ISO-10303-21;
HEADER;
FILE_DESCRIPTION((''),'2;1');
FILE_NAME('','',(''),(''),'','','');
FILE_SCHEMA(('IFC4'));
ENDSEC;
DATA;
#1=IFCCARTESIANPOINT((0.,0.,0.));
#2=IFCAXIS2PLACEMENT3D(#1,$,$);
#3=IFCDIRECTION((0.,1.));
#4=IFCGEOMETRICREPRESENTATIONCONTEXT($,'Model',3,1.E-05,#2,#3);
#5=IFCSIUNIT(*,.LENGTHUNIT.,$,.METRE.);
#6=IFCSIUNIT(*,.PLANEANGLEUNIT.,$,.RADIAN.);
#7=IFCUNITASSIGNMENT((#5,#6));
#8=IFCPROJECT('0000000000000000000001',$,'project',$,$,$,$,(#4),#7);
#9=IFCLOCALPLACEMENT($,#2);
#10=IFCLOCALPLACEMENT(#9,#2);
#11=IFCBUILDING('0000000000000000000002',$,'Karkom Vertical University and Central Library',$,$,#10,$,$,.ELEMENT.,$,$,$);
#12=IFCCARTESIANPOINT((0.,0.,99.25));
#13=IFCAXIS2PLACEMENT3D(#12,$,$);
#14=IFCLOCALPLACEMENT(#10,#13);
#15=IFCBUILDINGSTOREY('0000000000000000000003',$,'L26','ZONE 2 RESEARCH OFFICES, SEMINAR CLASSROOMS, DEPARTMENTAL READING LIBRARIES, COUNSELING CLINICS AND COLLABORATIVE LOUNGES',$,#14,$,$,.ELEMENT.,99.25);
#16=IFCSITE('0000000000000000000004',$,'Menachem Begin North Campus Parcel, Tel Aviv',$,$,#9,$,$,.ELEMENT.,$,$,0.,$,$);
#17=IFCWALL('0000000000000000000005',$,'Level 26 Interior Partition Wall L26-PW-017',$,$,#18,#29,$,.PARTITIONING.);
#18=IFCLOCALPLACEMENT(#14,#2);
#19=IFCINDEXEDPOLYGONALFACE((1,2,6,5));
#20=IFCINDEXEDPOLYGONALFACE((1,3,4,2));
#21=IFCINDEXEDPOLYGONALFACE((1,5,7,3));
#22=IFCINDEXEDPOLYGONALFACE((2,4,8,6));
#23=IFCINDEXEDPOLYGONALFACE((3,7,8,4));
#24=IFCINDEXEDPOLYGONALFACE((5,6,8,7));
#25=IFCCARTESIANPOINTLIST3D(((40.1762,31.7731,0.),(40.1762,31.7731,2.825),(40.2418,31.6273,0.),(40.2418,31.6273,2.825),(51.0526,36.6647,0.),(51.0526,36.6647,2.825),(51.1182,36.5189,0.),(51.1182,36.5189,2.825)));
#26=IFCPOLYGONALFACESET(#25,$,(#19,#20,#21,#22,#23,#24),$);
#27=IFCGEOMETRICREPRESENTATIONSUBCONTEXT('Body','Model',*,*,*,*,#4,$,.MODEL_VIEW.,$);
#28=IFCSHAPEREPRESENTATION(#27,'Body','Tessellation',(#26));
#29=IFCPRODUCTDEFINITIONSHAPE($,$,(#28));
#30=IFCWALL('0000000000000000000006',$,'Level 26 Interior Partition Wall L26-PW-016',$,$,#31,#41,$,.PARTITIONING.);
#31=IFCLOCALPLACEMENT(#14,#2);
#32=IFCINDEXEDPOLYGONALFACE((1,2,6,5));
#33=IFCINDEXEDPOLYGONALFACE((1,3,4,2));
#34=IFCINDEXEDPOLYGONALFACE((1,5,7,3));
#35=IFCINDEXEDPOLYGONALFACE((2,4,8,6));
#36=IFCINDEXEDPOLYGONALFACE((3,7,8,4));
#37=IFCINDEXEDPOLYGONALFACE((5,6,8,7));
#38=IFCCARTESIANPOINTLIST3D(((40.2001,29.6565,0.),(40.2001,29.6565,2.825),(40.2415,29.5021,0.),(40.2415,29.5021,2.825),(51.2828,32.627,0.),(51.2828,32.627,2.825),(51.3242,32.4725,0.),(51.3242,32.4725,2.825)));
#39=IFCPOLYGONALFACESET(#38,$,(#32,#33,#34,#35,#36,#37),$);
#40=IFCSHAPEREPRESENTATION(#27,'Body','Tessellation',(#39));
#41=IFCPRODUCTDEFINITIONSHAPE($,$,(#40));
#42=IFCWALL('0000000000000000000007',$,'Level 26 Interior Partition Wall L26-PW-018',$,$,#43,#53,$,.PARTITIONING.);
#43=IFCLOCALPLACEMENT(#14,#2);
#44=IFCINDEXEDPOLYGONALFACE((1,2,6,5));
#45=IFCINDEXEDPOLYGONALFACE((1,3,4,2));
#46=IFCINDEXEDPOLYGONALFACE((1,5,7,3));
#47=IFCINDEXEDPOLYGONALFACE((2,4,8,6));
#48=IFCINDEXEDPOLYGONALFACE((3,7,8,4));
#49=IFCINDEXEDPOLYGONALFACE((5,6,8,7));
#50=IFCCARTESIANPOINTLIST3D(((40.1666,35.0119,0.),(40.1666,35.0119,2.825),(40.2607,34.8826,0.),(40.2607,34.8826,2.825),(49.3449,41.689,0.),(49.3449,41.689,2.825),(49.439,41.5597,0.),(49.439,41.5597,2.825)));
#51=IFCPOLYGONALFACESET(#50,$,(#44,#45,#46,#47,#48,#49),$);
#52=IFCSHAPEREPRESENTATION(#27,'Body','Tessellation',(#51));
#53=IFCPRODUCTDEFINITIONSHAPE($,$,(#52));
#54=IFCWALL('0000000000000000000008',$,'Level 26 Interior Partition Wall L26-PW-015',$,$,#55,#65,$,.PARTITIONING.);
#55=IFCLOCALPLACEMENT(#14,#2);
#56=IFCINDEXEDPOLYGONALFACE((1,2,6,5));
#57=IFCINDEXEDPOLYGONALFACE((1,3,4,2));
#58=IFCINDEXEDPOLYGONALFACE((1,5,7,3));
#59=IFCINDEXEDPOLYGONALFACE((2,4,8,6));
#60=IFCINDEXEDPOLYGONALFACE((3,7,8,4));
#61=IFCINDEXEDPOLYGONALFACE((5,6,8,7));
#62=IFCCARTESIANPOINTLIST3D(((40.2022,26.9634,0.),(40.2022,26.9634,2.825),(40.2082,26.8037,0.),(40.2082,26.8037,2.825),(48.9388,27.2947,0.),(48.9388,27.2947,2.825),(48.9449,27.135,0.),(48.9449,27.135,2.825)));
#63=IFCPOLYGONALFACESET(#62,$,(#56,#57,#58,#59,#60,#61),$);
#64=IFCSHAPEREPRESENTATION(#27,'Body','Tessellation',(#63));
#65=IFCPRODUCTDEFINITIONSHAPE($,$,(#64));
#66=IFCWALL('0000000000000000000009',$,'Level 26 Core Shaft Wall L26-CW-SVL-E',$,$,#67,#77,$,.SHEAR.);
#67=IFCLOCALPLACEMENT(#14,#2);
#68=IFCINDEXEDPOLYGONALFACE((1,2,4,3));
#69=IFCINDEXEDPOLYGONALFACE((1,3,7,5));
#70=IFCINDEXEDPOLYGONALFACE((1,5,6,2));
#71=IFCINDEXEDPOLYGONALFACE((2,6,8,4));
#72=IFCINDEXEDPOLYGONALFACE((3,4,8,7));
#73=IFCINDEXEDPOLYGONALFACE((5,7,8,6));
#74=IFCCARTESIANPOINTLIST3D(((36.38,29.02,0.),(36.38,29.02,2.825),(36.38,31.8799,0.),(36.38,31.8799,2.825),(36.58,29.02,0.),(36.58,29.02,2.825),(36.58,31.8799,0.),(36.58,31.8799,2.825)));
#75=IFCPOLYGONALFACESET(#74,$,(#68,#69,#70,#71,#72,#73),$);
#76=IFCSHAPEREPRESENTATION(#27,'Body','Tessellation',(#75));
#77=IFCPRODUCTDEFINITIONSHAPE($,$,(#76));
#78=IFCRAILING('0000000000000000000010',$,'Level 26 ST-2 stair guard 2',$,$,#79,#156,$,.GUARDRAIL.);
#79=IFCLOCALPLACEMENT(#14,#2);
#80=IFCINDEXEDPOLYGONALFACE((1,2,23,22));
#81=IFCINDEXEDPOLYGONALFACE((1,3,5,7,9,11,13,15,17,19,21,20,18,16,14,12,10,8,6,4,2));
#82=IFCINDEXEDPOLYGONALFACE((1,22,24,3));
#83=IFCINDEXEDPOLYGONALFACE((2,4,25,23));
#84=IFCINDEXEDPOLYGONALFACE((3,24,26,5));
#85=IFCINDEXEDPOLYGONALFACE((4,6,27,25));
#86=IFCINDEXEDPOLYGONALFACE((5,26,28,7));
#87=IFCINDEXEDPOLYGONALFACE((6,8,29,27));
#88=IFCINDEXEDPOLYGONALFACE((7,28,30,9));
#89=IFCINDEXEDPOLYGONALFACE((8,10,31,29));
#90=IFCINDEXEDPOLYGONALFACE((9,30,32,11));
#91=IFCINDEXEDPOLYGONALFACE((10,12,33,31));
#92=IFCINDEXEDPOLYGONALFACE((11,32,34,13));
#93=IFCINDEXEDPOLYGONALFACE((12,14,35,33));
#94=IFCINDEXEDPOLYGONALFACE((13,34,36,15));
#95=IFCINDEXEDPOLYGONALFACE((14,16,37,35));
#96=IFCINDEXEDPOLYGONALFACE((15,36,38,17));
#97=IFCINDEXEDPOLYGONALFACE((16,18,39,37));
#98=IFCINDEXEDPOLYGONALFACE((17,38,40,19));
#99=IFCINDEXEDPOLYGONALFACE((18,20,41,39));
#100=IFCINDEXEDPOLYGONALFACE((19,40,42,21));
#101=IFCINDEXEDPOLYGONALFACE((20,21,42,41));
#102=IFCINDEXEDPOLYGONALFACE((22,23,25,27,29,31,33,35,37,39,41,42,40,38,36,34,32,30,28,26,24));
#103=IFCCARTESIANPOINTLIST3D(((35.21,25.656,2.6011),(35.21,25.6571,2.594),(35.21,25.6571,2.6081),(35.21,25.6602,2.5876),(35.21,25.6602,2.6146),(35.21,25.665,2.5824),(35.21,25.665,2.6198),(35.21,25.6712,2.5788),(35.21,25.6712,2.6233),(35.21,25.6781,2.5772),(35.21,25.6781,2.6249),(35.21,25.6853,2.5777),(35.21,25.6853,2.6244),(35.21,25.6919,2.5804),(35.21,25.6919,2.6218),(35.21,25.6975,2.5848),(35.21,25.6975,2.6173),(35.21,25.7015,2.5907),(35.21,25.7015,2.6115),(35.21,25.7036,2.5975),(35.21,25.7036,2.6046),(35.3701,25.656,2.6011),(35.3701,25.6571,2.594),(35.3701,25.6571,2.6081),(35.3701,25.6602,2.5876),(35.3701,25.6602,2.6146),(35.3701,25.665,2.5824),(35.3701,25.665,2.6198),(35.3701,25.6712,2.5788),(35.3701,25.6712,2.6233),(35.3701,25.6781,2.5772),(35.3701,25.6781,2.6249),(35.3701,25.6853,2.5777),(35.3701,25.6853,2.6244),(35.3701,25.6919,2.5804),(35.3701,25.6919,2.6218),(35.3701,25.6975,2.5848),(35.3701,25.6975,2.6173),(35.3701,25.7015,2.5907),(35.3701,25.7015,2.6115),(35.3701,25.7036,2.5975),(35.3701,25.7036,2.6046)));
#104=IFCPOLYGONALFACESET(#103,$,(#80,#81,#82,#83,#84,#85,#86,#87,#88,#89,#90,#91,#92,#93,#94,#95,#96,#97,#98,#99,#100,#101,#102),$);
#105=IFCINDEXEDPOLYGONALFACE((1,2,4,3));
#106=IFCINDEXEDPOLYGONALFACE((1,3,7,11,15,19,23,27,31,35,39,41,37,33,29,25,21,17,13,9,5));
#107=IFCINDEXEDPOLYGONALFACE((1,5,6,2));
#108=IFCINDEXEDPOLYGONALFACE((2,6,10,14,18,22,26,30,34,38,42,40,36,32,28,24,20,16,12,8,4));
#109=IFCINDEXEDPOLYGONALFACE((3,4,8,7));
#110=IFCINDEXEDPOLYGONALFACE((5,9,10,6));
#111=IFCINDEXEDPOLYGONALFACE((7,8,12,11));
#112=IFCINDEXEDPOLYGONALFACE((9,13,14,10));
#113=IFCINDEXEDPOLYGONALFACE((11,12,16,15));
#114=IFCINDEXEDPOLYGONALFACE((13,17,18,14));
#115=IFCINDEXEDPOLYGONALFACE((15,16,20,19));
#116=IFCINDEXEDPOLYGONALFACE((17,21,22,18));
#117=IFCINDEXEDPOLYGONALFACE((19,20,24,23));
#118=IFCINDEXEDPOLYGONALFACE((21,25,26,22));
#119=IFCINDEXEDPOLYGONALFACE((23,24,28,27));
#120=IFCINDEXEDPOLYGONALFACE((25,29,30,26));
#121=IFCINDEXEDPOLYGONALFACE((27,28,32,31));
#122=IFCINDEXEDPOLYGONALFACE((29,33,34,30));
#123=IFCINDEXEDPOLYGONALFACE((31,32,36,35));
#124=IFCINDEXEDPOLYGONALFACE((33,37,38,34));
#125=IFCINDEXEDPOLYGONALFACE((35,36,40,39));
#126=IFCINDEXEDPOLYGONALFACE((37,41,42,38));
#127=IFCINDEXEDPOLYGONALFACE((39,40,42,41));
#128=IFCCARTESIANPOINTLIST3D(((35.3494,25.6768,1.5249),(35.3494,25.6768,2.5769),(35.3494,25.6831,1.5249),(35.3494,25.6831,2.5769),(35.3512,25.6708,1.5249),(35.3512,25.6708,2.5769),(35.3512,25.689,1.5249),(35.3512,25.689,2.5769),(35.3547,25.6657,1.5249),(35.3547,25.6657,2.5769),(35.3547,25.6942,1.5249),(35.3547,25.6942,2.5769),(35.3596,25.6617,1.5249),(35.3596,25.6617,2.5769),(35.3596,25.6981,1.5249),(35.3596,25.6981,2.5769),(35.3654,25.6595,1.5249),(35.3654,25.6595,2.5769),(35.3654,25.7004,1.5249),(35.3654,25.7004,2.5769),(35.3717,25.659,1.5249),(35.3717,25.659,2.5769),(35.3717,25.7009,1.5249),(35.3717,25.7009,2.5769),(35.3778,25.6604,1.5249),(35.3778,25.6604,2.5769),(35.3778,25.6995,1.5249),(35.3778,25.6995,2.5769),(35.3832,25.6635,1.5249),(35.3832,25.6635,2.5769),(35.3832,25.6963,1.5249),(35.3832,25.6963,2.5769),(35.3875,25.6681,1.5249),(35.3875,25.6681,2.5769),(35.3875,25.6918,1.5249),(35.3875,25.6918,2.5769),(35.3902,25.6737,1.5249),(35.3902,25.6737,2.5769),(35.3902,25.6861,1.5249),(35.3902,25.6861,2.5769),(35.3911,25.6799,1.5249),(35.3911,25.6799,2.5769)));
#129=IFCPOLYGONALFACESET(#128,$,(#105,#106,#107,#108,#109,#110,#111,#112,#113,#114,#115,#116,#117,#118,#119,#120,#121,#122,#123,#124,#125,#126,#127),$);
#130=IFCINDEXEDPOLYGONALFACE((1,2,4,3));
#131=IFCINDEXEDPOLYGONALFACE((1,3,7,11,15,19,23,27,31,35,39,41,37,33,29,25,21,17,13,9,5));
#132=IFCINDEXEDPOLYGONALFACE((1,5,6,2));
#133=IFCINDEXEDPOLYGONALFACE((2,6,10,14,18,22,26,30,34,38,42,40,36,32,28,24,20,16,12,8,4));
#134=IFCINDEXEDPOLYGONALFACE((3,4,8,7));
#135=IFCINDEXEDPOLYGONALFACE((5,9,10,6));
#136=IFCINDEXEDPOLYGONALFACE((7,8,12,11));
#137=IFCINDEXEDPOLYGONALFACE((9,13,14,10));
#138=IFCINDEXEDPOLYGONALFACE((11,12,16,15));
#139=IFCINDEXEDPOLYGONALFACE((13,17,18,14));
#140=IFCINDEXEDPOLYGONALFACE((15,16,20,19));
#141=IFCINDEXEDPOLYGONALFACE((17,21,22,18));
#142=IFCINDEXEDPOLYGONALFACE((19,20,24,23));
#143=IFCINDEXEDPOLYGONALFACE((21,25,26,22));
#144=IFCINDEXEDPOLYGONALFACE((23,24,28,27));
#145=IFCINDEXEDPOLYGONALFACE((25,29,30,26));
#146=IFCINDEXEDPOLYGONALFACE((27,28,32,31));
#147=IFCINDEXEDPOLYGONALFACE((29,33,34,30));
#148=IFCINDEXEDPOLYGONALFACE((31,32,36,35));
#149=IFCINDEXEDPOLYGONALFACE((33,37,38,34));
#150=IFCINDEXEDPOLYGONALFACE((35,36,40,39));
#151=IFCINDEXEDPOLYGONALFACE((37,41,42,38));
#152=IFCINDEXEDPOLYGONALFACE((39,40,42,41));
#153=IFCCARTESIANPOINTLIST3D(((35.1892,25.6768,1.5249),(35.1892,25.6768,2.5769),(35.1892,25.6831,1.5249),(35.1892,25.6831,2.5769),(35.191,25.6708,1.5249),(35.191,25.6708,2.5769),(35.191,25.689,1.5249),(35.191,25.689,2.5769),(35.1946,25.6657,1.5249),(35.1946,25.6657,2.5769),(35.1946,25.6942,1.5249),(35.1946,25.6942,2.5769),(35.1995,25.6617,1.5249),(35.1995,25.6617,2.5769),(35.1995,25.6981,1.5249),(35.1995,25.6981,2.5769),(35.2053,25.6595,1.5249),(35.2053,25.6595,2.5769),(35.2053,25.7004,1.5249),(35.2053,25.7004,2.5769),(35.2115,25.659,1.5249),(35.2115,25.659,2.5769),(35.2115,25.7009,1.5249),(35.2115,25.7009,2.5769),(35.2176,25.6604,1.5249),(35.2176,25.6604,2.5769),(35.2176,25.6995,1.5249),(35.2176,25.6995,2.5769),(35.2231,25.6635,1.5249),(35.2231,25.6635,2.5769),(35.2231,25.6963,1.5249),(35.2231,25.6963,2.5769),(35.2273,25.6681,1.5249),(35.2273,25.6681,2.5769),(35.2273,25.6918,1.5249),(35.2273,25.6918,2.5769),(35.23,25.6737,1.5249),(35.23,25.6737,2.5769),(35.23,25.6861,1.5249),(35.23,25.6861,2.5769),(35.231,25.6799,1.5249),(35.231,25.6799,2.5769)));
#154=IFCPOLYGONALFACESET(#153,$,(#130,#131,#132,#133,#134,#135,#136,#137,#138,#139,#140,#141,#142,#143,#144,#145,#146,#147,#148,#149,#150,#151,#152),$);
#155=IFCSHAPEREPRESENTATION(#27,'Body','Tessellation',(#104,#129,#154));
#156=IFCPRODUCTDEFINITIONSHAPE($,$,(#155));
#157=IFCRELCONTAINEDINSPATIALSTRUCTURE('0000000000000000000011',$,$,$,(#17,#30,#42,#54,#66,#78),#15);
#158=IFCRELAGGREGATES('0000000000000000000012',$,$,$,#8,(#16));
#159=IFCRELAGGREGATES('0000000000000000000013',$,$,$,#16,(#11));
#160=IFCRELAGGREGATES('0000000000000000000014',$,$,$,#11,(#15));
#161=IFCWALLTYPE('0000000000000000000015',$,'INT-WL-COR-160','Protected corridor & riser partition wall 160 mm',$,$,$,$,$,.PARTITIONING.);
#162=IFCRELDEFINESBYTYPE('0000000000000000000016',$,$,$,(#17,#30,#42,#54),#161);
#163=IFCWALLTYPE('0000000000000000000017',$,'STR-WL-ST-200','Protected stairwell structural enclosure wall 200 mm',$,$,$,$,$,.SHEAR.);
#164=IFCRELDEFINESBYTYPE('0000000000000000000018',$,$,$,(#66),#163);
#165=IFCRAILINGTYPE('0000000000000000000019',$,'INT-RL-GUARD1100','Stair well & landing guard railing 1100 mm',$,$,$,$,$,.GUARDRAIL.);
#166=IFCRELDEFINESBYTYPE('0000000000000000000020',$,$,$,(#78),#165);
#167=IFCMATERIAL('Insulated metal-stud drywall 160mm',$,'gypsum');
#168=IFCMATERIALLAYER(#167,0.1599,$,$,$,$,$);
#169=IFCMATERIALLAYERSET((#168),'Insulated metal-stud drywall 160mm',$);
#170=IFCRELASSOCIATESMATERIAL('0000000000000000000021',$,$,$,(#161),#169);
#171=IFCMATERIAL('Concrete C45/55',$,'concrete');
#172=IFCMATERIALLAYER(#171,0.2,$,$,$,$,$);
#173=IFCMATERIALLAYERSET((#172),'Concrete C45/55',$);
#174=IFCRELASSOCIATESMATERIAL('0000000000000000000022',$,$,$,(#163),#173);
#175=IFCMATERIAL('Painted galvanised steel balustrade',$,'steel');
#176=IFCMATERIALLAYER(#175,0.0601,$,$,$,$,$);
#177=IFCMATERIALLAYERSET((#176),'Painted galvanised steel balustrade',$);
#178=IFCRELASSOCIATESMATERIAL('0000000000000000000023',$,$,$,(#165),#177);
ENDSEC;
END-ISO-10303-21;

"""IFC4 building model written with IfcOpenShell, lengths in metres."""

from ifc_helpers import new_model, si_unit, direction, frame, frame_2d, origin, origin_2d, place, context, subcontext, project, spatial, rectangle, circle, extrude, material, layer, layer_set, type_object, element, save


model = new_model("IFC4")

# Units and contexts
model_context = context("Model", 3, precision=1e-05, world=origin(), true_north=direction((0.0, 1.0)))
body_context = subcontext(model_context, "Body", "Model", "MODEL_VIEW")
ifc_project = project(units=[si_unit("LENGTHUNIT", "METRE"), si_unit("PLANEANGLEUNIT", "RADIAN")], contexts=[model_context])

# Site, building, storey
site_placement = place(None, origin())
site = spatial("IfcSite", under=ifc_project, at=site_placement, Name="Menachem Begin North Campus Parcel, Tel Aviv", CompositionType="ELEMENT", RefElevation=0.0)
building_placement = place(site_placement, origin())
building = spatial("IfcBuilding", under=site, at=building_placement, Name="Karkom Vertical University and Central Library", CompositionType="ELEMENT")
storey_placement = place(building_placement, frame((0.0, 0.0, 99.25)))
storey = spatial("IfcBuildingStorey", under=building, at=storey_placement, Name="L26", Description="ZONE 2 RESEARCH OFFICES, SEMINAR CLASSROOMS, DEPARTMENTAL READING LIBRARIES, COUNSELING CLINICS AND COLLABORATIVE LOUNGES", CompositionType="ELEMENT", Elevation=99.25)

# Walls
ifc_material_1 = material(Name="Insulated metal-stud drywall 160mm", Category="gypsum")
ifc_layer_1 = layer(ifc_material_1, 0.1599)
ifc_layer_set_1 = layer_set([ifc_layer_1], Name="Insulated metal-stud drywall 160mm")
wall_type_1 = type_object("IfcWallType", Name="INT-WL-COR-160", Description="Protected corridor & riser partition wall 160 mm", PredefinedType="PARTITIONING", material=ifc_layer_set_1)
wall_1_placement = place(storey_placement, frame((40.209, 31.7002, 0.0), z_axis=(0.0, 0.0, 1.0), x_axis=(0.91201, 0.410169, 0.0)))
element("IfcWall", 1, at=wall_1_placement, inside=storey, type_object=wall_type_1, Name="Level 26 Interior Partition Wall L26-PW-017", PredefinedType="PARTITIONING", context=body_context, shape_type="SweptSolid", body=[
    extrude(rectangle(XDim=11.9258, YDim=0.1599, at=frame_2d((5.9629, 0.0))), origin(), (0.0, 0.0, 1.0), 2.825),
])
wall_2_placement = place(storey_placement, frame((40.2209, 29.5793, 0.0), z_axis=(0.0, 0.0, 1.0), x_axis=(0.965907, 0.258887, 0.0)))
element("IfcWall", 2, at=wall_2_placement, inside=storey, type_object=wall_type_1, Name="Level 26 Interior Partition Wall L26-PW-016", PredefinedType="PARTITIONING", context=body_context, shape_type="SweptSolid", body=[
    extrude(rectangle(XDim=11.4739, YDim=0.1599, at=frame_2d((5.7368, 0.0))), origin(), (0.0, 0.0, 1.0), 2.825),
])
wall_3_placement = place(storey_placement, frame((40.2136, 34.9473, 0.0), z_axis=(0.0, 0.0, 1.0), x_axis=(0.808655, 0.588283, 0.0)))
element("IfcWall", 3, at=wall_3_placement, inside=storey, type_object=wall_type_1, Name="Level 26 Interior Partition Wall L26-PW-018", PredefinedType="PARTITIONING", context=body_context, shape_type="SweptSolid", body=[
    extrude(rectangle(XDim=11.3501, YDim=0.1599, at=frame_2d((5.675, 0.0))), origin(), (0.0, 0.0, 1.0), 2.825),
])
wall_4_placement = place(storey_placement, frame((40.2051, 26.8835, 0.0), z_axis=(0.0, 0.0, 1.0), x_axis=(0.999282, 0.037894, 0.0)))
element("IfcWall", 4, at=wall_4_placement, inside=storey, type_object=wall_type_1, Name="Level 26 Interior Partition Wall L26-PW-015", PredefinedType="PARTITIONING", context=body_context, shape_type="SweptSolid", body=[
    extrude(rectangle(XDim=8.7429, YDim=0.1599, at=frame_2d((4.3716, 0.0))), origin(), (0.0, 0.0, 1.0), 2.825),
])

# Wall
ifc_material_2 = material(Name="Concrete C45/55", Category="concrete")
ifc_layer_2 = layer(ifc_material_2, 0.2)
ifc_layer_set_2 = layer_set([ifc_layer_2], Name="Concrete C45/55")
wall_type_2 = type_object("IfcWallType", Name="STR-WL-ST-200", Description="Protected stairwell structural enclosure wall 200 mm", PredefinedType="SHEAR", material=ifc_layer_set_2)
wall_5_placement = place(storey_placement, frame((36.48, 29.02, 0.0), z_axis=(0.0, 0.0, 1.0), x_axis=(0.0, 1.0, 0.0)))
element("IfcWall", 5, at=wall_5_placement, inside=storey, type_object=wall_type_2, Name="Level 26 Core Shaft Wall L26-CW-SVL-E", PredefinedType="SHEAR", context=body_context, shape_type="SweptSolid", body=[
    extrude(rectangle(XDim=2.8599, YDim=0.2, at=frame_2d((1.4299, 0.0))), origin(), (0.0, 0.0, 1.0), 2.825),
])

# Railing
ifc_material_3 = material(Name="Painted galvanised steel balustrade", Category="steel")
ifc_layer_3 = layer(ifc_material_3, 0.0601)
ifc_layer_set_3 = layer_set([ifc_layer_3], Name="Painted galvanised steel balustrade")
railing_type = type_object("IfcRailingType", Name="INT-RL-GUARD1100", Description="Stair well & landing guard railing 1100 mm", PredefinedType="GUARDRAIL", material=ifc_layer_set_3)
railing_placement = place(storey_placement, frame((35.3701, 25.6799, 1.5249)))
element("IfcRailing", 6, at=railing_placement, inside=storey, type_object=railing_type, Name="Level 26 ST-2 stair guard 2", PredefinedType="GUARDRAIL", context=body_context, shape_type="SweptSolid", body=[
    extrude(circle(Radius=0.0239, at=origin_2d()), frame((0.0, 0.0, 1.0762), z_axis=(-1.0, 0.0, 0.0), x_axis=(0.0, -1.0, 0.0)), (0.0, 0.0, 1.0), 0.1602),
    extrude(circle(Radius=0.021, at=origin_2d()), origin(), (0.0, 0.0, 1.0), 1.052),
    extrude(circle(Radius=0.021, at=origin_2d()), frame((-0.1602, 0.0, 0.0)), (0.0, 0.0, 1.0), 1.052),
])

save(model, "model.ifc")
